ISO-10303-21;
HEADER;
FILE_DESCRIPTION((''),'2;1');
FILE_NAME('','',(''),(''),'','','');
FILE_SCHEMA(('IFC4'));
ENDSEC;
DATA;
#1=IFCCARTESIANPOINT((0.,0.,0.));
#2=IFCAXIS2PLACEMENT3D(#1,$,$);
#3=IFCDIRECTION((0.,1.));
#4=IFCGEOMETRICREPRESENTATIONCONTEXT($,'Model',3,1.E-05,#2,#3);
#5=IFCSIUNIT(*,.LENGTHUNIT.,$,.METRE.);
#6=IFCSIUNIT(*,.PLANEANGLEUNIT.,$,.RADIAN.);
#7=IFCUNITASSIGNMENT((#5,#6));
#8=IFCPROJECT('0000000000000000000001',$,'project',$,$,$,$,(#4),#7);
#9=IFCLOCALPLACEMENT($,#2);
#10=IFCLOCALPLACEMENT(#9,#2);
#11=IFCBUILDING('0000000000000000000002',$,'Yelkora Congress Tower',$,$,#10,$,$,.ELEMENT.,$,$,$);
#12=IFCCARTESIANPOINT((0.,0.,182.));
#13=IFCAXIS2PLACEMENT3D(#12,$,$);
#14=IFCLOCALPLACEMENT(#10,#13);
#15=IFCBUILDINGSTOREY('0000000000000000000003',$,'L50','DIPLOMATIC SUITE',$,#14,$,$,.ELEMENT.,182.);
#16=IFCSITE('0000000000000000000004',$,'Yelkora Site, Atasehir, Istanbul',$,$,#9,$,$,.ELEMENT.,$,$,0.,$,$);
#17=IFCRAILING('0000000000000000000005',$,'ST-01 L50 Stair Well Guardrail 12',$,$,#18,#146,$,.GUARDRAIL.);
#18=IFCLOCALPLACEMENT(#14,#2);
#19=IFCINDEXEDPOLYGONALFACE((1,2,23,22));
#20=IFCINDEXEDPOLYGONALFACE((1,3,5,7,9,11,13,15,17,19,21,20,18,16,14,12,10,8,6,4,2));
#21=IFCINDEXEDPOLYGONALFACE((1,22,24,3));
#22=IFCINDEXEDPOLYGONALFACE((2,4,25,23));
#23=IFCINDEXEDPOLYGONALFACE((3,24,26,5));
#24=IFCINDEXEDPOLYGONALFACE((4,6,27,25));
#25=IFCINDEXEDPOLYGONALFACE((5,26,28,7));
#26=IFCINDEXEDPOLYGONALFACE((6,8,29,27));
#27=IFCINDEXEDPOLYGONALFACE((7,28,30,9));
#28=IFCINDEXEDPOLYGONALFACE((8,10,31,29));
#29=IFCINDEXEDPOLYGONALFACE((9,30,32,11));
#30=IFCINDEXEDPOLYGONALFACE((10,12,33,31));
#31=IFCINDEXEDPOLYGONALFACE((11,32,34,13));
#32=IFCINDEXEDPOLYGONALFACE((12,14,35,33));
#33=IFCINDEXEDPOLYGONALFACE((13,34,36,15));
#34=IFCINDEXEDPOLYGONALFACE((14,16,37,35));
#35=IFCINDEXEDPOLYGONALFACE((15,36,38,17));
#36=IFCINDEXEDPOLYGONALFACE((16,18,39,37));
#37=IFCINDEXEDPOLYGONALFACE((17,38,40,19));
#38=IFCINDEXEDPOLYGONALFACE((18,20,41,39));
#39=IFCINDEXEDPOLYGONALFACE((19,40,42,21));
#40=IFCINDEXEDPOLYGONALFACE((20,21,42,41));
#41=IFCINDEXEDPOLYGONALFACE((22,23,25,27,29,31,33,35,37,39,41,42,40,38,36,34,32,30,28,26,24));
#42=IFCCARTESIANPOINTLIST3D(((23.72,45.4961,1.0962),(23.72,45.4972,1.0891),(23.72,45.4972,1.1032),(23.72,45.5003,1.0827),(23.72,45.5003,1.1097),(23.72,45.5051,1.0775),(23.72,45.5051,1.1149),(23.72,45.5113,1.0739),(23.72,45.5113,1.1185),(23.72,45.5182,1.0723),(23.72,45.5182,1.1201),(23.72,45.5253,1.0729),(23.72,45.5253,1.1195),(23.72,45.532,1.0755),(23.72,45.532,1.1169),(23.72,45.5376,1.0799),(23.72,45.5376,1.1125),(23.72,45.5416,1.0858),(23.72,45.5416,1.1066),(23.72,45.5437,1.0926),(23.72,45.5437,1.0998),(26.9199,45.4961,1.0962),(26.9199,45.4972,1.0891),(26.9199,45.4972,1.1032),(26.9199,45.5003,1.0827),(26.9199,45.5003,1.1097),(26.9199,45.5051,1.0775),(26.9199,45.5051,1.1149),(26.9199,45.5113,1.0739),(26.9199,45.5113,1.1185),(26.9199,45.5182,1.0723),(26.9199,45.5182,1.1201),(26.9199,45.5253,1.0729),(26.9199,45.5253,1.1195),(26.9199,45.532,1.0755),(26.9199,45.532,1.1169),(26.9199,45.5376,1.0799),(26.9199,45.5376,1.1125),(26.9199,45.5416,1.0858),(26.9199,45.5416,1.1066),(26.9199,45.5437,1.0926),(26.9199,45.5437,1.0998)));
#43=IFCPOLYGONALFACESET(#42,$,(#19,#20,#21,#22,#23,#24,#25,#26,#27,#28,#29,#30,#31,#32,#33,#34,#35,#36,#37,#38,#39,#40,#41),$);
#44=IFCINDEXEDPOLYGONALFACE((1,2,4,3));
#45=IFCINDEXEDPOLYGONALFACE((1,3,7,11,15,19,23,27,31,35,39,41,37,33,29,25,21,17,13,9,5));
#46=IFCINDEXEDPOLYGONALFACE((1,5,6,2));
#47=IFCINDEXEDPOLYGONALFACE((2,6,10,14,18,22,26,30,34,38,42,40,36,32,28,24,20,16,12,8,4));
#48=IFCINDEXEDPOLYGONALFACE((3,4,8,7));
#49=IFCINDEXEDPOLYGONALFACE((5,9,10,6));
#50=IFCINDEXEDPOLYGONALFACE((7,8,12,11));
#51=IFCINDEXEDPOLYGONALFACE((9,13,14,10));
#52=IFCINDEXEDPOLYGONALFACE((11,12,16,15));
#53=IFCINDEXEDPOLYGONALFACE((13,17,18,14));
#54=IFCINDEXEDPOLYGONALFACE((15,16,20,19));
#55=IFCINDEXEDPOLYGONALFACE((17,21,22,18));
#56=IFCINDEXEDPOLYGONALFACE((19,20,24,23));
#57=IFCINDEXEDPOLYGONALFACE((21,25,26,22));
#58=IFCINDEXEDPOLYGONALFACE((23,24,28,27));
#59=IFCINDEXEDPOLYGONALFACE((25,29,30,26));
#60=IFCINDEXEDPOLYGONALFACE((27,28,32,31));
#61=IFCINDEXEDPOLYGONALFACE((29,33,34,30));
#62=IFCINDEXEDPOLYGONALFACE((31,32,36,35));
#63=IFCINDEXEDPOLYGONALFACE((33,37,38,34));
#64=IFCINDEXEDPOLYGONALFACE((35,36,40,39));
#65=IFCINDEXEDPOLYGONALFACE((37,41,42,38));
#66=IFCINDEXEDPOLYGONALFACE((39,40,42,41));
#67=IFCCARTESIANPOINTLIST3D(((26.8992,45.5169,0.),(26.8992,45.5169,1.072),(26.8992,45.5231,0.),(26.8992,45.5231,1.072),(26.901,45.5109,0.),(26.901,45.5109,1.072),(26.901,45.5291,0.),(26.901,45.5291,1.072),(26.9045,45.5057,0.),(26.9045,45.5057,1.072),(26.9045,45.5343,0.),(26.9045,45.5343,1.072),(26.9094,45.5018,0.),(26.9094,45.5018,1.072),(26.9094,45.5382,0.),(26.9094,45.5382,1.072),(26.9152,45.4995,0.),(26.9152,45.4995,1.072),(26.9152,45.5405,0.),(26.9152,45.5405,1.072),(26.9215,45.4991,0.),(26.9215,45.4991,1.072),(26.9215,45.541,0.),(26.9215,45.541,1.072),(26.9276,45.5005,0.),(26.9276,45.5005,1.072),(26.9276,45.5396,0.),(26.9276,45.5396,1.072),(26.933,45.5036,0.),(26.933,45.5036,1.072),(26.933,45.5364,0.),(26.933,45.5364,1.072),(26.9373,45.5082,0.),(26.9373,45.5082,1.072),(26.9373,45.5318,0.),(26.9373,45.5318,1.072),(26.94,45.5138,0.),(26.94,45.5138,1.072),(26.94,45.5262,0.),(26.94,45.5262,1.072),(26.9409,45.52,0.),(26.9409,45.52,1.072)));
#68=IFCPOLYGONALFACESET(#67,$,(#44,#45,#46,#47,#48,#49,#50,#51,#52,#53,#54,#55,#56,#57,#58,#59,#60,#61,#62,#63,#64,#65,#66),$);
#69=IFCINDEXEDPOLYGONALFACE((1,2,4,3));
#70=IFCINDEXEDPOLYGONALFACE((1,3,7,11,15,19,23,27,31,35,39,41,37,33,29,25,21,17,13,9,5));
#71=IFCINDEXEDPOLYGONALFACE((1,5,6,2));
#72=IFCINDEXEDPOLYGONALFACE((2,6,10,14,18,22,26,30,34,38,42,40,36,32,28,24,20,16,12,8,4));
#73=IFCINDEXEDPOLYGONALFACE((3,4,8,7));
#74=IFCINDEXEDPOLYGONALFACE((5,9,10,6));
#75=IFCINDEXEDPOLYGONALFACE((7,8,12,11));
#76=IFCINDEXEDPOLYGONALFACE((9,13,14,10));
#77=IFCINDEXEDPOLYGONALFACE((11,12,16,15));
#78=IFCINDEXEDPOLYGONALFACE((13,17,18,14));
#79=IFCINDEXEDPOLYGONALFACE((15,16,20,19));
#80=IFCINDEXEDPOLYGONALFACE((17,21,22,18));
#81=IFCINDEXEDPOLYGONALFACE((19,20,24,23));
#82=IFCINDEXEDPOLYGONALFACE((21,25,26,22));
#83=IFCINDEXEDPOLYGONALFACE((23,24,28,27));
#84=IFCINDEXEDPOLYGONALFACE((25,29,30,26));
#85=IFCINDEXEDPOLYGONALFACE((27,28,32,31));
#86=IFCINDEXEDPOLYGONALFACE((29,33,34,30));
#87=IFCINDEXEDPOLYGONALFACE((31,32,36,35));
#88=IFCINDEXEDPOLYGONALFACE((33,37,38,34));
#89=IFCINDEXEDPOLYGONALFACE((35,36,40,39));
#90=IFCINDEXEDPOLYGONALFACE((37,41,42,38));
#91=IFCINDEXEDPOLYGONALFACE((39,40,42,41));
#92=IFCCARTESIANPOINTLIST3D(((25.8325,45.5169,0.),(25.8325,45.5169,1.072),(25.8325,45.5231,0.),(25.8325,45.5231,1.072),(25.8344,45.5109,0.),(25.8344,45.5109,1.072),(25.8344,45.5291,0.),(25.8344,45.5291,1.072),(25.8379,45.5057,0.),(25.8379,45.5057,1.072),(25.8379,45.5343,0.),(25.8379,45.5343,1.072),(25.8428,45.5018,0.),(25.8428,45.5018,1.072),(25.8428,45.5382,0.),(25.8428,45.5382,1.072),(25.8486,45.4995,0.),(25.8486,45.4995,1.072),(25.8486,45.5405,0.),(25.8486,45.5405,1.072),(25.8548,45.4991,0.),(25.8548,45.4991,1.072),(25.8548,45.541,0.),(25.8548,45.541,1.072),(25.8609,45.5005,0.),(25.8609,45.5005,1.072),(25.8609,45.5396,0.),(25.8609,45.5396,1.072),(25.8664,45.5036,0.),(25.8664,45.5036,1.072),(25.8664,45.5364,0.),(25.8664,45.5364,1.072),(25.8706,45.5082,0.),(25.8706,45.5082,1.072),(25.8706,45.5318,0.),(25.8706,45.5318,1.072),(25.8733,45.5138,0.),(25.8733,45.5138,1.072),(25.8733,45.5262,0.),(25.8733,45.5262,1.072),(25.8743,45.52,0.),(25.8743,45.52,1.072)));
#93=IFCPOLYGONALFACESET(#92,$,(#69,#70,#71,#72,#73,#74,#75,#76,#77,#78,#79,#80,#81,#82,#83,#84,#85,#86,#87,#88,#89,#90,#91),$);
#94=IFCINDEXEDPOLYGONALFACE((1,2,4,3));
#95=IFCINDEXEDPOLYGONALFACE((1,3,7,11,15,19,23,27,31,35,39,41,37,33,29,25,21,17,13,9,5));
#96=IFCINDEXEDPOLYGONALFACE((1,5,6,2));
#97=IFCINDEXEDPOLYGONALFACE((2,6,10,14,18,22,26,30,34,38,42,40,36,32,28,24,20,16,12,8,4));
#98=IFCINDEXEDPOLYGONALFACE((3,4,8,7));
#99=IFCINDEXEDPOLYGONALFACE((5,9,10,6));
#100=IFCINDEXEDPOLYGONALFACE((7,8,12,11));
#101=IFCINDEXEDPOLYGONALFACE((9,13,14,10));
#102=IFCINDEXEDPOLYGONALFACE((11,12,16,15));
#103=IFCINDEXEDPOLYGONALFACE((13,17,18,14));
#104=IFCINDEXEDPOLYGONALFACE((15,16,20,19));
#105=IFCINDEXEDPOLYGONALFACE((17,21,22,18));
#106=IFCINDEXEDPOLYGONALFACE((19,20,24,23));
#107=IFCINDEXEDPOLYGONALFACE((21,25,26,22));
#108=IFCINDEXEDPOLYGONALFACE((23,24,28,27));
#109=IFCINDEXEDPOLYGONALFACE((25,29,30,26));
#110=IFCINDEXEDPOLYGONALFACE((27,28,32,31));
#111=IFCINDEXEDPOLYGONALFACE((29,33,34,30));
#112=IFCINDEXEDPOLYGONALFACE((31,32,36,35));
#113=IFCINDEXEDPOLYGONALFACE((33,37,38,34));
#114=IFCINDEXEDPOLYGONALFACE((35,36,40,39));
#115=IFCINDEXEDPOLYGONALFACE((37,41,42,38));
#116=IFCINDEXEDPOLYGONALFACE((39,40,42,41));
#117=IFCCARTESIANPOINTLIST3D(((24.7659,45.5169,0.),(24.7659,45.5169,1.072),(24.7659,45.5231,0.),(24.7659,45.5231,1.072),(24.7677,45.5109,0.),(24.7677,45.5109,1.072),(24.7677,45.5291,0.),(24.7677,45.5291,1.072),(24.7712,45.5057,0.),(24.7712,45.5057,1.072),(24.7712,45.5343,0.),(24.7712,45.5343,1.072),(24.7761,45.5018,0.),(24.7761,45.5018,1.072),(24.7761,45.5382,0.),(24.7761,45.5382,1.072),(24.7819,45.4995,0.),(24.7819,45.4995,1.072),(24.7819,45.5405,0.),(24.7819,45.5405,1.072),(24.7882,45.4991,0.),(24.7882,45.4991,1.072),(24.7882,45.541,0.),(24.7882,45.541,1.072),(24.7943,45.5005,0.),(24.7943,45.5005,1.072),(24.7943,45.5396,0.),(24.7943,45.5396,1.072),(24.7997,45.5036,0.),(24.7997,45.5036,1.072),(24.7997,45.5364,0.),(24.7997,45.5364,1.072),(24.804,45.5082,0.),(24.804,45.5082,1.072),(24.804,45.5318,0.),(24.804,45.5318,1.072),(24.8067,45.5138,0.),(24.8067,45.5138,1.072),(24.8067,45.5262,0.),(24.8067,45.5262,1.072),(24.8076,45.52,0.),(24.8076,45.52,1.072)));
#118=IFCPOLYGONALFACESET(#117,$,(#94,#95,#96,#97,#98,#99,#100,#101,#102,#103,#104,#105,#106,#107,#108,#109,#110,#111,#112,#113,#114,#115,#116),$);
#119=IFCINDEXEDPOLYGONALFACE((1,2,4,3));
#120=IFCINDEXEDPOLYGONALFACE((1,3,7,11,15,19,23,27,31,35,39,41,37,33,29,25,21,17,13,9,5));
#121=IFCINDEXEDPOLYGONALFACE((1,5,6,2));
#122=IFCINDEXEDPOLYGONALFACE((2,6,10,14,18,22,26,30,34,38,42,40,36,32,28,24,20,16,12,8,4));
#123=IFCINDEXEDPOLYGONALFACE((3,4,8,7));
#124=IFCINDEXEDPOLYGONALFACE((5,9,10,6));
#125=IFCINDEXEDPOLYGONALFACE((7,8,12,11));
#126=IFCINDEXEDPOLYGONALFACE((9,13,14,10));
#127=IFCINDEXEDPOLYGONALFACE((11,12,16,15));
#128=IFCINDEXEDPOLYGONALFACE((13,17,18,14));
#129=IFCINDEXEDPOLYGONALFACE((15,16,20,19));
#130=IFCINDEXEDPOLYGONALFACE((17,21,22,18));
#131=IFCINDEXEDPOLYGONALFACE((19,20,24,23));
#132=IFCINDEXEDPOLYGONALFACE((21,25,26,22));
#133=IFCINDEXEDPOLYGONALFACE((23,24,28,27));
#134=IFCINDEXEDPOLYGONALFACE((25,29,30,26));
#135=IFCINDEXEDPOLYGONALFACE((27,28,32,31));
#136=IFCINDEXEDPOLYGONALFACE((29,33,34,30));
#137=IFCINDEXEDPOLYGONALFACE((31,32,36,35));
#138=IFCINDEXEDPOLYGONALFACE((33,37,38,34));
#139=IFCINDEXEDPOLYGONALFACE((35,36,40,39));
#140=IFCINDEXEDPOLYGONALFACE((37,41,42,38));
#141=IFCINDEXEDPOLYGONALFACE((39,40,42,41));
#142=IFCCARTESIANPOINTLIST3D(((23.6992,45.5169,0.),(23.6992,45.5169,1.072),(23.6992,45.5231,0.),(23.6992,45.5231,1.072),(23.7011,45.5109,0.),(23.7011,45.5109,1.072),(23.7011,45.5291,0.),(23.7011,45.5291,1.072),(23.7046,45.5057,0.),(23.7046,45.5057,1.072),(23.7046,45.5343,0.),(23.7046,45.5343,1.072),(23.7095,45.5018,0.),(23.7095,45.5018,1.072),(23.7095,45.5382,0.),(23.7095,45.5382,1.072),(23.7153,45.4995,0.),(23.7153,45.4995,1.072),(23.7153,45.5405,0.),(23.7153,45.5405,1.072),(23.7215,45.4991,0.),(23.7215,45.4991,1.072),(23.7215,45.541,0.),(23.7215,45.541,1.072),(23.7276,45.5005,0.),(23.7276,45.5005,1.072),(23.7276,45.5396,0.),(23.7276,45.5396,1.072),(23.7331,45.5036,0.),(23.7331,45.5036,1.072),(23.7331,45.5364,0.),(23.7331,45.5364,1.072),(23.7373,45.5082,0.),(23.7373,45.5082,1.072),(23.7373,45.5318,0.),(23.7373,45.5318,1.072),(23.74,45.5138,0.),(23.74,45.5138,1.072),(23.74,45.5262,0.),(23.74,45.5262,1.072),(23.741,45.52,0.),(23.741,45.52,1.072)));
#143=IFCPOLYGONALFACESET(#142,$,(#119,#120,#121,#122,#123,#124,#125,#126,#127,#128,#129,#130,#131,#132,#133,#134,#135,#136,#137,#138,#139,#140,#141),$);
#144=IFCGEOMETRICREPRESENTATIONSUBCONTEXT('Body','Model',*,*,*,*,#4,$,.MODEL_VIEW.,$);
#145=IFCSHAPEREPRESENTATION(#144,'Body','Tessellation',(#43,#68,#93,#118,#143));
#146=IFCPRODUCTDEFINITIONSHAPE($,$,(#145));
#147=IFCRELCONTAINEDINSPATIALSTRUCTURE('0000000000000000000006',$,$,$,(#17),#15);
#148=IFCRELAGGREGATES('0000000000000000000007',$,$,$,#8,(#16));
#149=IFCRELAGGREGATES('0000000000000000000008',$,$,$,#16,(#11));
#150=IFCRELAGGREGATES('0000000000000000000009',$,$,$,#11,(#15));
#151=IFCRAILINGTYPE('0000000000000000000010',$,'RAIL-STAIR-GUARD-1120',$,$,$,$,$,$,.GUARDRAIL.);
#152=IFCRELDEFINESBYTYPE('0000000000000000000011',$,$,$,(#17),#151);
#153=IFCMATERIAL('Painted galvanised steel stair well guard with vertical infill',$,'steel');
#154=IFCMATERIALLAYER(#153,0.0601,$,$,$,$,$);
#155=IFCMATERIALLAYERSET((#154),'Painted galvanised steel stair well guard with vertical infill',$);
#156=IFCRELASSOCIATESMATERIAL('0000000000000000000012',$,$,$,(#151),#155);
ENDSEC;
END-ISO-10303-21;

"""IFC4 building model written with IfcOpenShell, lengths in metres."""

from ifc_helpers import new_model, si_unit, direction, frame, origin, origin_2d, place, context, subcontext, project, spatial, circle, extrude, material, layer, layer_set, type_object, element, save


model = new_model("IFC4")

# Units and contexts
model_context = context("Model", 3, precision=1e-05, world=origin(), true_north=direction((0.0, 1.0)))
body_context = subcontext(model_context, "Body", "Model", "MODEL_VIEW")
ifc_project = project(units=[si_unit("LENGTHUNIT", "METRE"), si_unit("PLANEANGLEUNIT", "RADIAN")], contexts=[model_context])

# Site, building, storey
site_placement = place(None, origin())
site = spatial("IfcSite", under=ifc_project, at=site_placement, Name="Yelkora Site, Atasehir, Istanbul", CompositionType="ELEMENT", RefElevation=0.0)
building_placement = place(site_placement, origin())
building = spatial("IfcBuilding", under=site, at=building_placement, Name="Yelkora Congress Tower", CompositionType="ELEMENT")
storey_placement = place(building_placement, frame((0.0, 0.0, 182.0)))
storey = spatial("IfcBuildingStorey", under=building, at=storey_placement, Name="L50", Description="DIPLOMATIC SUITE", CompositionType="ELEMENT", Elevation=182.0)

# Railing
ifc_material_1 = material(Name="Painted galvanised steel stair well guard with vertical infill", Category="steel")
ifc_layer_1 = layer(ifc_material_1, 0.0601)
ifc_layer_set_1 = layer_set([ifc_layer_1], Name="Painted galvanised steel stair well guard with vertical infill")
railing_type_1 = type_object("IfcRailingType", Name="RAIL-STAIR-GUARD-1120", PredefinedType="GUARDRAIL", material=ifc_layer_set_1)
railing_1_placement = place(storey_placement, frame((26.9199, 45.52, 0.0)))
element("IfcRailing", 1, at=railing_1_placement, inside=storey, type_object=railing_type_1, Name="ST-01 L50 Stair Well Guardrail 12", PredefinedType="GUARDRAIL", context=body_context, shape_type="SweptSolid", body=[
    extrude(circle(Radius=0.0239, at=origin_2d()), frame((0.0, 0.0, 1.0962), z_axis=(-1.0, 0.0, 0.0), x_axis=(0.0, -1.0, 0.0)), (0.0, 0.0, 1.0), 3.2),
    extrude(circle(Radius=0.021, at=origin_2d()), origin(), (0.0, 0.0, 1.0), 1.072),
    extrude(circle(Radius=0.021, at=origin_2d()), frame((-1.0667, 0.0, 0.0)), (0.0, 0.0, 1.0), 1.072),
    extrude(circle(Radius=0.021, at=origin_2d()), frame((-2.1333, 0.0, 0.0)), (0.0, 0.0, 1.0), 1.072),
    extrude(circle(Radius=0.021, at=origin_2d()), frame((-3.2, 0.0, 0.0)), (0.0, 0.0, 1.0), 1.072),
])

save(model, "model.ifc")
